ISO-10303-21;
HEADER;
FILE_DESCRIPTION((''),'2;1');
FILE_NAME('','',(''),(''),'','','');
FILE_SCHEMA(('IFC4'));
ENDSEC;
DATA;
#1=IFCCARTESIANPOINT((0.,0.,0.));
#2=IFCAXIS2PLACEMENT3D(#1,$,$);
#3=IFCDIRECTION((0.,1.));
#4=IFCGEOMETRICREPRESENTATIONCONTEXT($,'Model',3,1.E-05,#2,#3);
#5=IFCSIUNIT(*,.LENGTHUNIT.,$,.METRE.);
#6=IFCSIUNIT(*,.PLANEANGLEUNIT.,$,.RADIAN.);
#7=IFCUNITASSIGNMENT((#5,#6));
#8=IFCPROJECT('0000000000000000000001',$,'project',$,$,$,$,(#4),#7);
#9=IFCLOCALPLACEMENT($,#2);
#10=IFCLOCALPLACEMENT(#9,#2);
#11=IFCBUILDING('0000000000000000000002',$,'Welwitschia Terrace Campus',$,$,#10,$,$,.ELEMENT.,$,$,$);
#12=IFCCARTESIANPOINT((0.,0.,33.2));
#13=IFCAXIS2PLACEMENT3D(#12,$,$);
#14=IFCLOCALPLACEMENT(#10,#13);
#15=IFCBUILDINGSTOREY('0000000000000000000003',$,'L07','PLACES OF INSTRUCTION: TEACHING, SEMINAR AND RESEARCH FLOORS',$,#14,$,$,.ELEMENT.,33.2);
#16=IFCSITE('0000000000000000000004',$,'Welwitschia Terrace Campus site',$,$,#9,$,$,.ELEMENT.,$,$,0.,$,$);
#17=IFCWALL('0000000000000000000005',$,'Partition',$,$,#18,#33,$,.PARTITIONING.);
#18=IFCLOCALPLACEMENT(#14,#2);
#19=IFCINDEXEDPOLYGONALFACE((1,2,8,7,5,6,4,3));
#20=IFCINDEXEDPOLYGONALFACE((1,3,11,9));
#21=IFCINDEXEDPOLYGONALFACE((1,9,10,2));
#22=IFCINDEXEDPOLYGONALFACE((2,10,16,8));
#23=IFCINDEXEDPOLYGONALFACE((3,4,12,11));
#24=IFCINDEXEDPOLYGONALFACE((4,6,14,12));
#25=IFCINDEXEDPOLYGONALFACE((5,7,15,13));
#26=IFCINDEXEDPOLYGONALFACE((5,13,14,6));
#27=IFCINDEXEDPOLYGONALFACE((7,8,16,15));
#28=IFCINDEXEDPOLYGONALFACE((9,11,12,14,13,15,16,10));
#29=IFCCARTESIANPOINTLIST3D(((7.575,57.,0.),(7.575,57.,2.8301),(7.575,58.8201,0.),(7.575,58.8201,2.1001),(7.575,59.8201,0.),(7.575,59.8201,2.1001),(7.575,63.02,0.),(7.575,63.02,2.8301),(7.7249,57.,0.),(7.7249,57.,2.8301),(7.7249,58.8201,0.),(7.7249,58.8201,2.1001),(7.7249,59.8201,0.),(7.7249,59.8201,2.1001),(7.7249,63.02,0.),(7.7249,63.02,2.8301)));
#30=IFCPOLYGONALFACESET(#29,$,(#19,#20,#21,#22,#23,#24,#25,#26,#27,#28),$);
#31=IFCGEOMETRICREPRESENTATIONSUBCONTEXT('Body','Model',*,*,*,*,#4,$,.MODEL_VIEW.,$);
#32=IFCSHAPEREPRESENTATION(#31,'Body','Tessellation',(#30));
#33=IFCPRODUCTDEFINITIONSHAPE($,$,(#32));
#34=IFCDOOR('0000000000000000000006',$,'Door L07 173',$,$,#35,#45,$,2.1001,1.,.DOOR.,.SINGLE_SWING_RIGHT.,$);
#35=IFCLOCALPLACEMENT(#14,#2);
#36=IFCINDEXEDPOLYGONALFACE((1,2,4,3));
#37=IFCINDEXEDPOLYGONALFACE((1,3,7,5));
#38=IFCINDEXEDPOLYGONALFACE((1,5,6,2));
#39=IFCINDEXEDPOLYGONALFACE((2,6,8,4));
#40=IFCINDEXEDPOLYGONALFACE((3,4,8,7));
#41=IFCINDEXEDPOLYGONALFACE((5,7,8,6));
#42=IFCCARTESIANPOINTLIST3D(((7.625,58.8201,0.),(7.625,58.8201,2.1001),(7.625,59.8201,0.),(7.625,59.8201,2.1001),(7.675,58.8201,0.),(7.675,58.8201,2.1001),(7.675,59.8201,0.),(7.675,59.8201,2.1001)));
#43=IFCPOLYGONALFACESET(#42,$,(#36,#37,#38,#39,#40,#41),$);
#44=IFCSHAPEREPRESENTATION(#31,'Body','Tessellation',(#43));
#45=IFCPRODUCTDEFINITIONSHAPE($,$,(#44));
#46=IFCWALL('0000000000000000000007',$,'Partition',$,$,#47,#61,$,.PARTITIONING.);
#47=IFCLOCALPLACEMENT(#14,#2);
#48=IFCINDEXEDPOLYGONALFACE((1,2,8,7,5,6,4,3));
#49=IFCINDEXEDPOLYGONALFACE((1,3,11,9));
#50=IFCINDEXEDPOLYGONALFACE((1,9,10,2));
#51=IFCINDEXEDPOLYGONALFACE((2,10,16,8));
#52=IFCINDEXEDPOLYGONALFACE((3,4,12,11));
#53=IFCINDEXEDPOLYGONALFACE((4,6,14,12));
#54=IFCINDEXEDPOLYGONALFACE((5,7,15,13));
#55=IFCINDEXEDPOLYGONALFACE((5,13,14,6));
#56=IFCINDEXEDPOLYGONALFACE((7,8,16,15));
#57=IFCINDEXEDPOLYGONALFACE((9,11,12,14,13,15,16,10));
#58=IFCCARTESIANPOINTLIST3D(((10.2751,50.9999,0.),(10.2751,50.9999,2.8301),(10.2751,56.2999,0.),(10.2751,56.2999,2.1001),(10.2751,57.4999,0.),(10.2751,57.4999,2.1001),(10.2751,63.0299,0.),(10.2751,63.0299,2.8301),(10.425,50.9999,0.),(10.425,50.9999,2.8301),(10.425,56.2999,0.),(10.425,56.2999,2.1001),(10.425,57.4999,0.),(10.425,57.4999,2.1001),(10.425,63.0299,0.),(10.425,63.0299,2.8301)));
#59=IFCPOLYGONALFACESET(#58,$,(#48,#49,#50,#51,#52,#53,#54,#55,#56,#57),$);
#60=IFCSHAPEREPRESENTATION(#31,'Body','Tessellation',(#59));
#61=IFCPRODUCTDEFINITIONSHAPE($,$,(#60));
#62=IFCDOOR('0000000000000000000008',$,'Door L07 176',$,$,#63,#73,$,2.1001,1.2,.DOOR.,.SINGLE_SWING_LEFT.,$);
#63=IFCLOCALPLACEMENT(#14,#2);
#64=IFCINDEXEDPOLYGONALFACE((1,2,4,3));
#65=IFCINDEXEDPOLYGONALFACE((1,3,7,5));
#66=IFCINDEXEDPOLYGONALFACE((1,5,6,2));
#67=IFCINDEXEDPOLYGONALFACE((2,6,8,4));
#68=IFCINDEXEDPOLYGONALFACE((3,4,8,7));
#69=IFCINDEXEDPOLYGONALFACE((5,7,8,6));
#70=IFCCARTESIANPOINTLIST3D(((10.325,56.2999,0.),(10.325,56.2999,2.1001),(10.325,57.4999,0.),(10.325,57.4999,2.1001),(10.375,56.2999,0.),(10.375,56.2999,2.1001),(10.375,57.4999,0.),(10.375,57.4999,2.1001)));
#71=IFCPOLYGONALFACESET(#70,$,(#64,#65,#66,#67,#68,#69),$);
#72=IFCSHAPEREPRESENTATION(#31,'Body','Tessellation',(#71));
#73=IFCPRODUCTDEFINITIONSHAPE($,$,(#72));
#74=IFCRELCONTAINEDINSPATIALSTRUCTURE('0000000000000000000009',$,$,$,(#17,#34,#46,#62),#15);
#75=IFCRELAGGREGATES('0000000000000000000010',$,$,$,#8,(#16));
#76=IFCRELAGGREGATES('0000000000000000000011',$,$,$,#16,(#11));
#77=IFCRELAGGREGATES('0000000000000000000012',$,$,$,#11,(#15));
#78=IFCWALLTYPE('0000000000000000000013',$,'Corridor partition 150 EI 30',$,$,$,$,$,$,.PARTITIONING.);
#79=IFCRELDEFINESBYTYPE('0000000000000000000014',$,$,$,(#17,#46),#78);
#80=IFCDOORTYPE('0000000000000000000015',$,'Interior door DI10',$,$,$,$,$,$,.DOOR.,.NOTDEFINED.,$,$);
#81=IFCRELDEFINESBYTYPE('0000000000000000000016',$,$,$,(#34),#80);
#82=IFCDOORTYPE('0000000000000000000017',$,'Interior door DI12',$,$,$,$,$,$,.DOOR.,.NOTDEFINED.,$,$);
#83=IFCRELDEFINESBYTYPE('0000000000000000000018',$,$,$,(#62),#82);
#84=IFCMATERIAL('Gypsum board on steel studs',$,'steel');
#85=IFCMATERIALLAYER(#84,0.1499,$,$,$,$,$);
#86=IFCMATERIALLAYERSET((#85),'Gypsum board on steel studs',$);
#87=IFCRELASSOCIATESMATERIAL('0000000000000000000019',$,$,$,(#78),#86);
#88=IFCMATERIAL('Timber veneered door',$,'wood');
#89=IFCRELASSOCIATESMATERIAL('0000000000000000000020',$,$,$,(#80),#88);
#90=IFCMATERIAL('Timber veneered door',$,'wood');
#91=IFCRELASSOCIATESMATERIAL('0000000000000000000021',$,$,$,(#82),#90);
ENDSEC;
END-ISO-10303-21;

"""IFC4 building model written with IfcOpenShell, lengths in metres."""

from ifc_helpers import new_model, si_unit, direction, frame, frame_2d, origin, place, context, subcontext, project, spatial, rectangle, extrude, material, layer, layer_set, type_object, element, fill, save


model = new_model("IFC4")

# Units and contexts
model_context = context("Model", 3, precision=1e-05, world=origin(), true_north=direction((0.0, 1.0)))
body_context = subcontext(model_context, "Body", "Model", "MODEL_VIEW")
ifc_project = project(units=[si_unit("LENGTHUNIT", "METRE"), si_unit("PLANEANGLEUNIT", "RADIAN")], contexts=[model_context])

# Site, building, storey
site_placement = place(None, origin())
site = spatial("IfcSite", under=ifc_project, at=site_placement, Name="Welwitschia Terrace Campus site", CompositionType="ELEMENT", RefElevation=0.0)
building_placement = place(site_placement, origin())
building = spatial("IfcBuilding", under=site, at=building_placement, Name="Welwitschia Terrace Campus", CompositionType="ELEMENT")
storey_placement = place(building_placement, frame((0.0, 0.0, 33.2)))
storey = spatial("IfcBuildingStorey", under=building, at=storey_placement, Name="L07", Description="PLACES OF INSTRUCTION: TEACHING, SEMINAR AND RESEARCH FLOORS", CompositionType="ELEMENT", Elevation=33.2)

# Shared definitions
ifc_material_1 = material(Name="Gypsum board on steel studs", Category="steel")
ifc_layer_1 = layer(ifc_material_1, 0.1499)
ifc_layer_set_1 = layer_set([ifc_layer_1], Name="Gypsum board on steel studs")
wall_type = type_object("IfcWallType", Name="Corridor partition 150 EI 30", PredefinedType="PARTITIONING", material=ifc_layer_set_1)

# Walls, openings, doors
wall_1_placement = place(storey_placement, frame((7.6499, 57.0, 0.0), z_axis=(0.0, 0.0, 1.0), x_axis=(0.0, 1.0, 0.0)))
wall_1 = element("IfcWall", 1, at=wall_1_placement, inside=storey, type_object=wall_type, Name="Partition", PredefinedType="PARTITIONING", context=body_context, shape_type="SweptSolid", body=[
    extrude(rectangle(XDim=6.02, YDim=0.1499, at=frame_2d((3.01, 0.0))), origin(), (0.0, 0.0, 1.0), 2.8301),
])
opening_1_placement = place(wall_1_placement, frame((1.8201, 0.0, 0.0)))
opening_1 = element("IfcOpeningElement", 2, at=opening_1_placement, cuts=wall_1, PredefinedType="OPENING", context=body_context, shape_type="SweptSolid", body=[
    extrude(rectangle(XDim=1.0, YDim=2.1001, at=frame_2d((0.5, 1.05))), frame((0.0, 0.085, 0.0), z_axis=(0.0, -1.0, 0.0), x_axis=(1.0, 0.0, 0.0)), (0.0, 0.0, 1.0), 0.1699),
])
ifc_material_2 = material(Name="Timber veneered door", Category="wood")
door_type_1 = type_object("IfcDoorType", Name="Interior door DI10", OperationType="NOTDEFINED", PredefinedType="DOOR", material=ifc_material_2)
door_1_placement = place(opening_1_placement, origin())
door_1 = element("IfcDoor", 3, at=door_1_placement, inside=storey, type_object=door_type_1, Name="Door L07 173", OperationType="SINGLE_SWING_RIGHT", OverallHeight=2.1001, OverallWidth=1.0, PredefinedType="DOOR", context=body_context, shape_type="SweptSolid", body=[
    extrude(rectangle(XDim=1.0, YDim=2.1001, at=frame_2d((0.5, 1.05))), frame((0.0, 0.0249, 0.0), z_axis=(0.0, -1.0, 0.0), x_axis=(1.0, 0.0, 0.0)), (0.0, 0.0, 1.0), 0.05),
])
fill(opening_1, door_1)
wall_2_placement = place(storey_placement, frame((10.3501, 63.03, 0.0), z_axis=(0.0, 0.0, 1.0), x_axis=(0.0, -1.0, 0.0)))
wall_2 = element("IfcWall", 4, at=wall_2_placement, inside=storey, type_object=wall_type, Name="Partition", PredefinedType="PARTITIONING", context=body_context, shape_type="SweptSolid", body=[
    extrude(rectangle(XDim=12.03, YDim=0.1499, at=frame_2d((6.0151, 0.0))), origin(), (0.0, 0.0, 1.0), 2.8301),
])
opening_2_placement = place(wall_2_placement, frame((5.53, 0.0, 0.0)))
opening_2 = element("IfcOpeningElement", 5, at=opening_2_placement, cuts=wall_2, PredefinedType="OPENING", context=body_context, shape_type="SweptSolid", body=[
    extrude(rectangle(XDim=1.2, YDim=2.1001, at=frame_2d((0.6001, 1.05))), frame((0.0, 0.085, 0.0), z_axis=(0.0, -1.0, 0.0), x_axis=(1.0, 0.0, 0.0)), (0.0, 0.0, 1.0), 0.1699),
])
ifc_material_3 = material(Name="Timber veneered door", Category="wood")
door_type_2 = type_object("IfcDoorType", Name="Interior door DI12", OperationType="NOTDEFINED", PredefinedType="DOOR", material=ifc_material_3)
door_2_placement = place(opening_2_placement, origin())
door_2 = element("IfcDoor", 6, at=door_2_placement, inside=storey, type_object=door_type_2, Name="Door L07 176", OperationType="SINGLE_SWING_LEFT", OverallHeight=2.1001, OverallWidth=1.2, PredefinedType="DOOR", context=body_context, shape_type="SweptSolid", body=[
    extrude(rectangle(XDim=1.2, YDim=2.1001, at=frame_2d((0.6001, 1.05))), frame((0.0, 0.0249, 0.0), z_axis=(0.0, -1.0, 0.0), x_axis=(1.0, 0.0, 0.0)), (0.0, 0.0, 1.0), 0.05),
])
fill(opening_2, door_2)

save(model, "model.ifc")
